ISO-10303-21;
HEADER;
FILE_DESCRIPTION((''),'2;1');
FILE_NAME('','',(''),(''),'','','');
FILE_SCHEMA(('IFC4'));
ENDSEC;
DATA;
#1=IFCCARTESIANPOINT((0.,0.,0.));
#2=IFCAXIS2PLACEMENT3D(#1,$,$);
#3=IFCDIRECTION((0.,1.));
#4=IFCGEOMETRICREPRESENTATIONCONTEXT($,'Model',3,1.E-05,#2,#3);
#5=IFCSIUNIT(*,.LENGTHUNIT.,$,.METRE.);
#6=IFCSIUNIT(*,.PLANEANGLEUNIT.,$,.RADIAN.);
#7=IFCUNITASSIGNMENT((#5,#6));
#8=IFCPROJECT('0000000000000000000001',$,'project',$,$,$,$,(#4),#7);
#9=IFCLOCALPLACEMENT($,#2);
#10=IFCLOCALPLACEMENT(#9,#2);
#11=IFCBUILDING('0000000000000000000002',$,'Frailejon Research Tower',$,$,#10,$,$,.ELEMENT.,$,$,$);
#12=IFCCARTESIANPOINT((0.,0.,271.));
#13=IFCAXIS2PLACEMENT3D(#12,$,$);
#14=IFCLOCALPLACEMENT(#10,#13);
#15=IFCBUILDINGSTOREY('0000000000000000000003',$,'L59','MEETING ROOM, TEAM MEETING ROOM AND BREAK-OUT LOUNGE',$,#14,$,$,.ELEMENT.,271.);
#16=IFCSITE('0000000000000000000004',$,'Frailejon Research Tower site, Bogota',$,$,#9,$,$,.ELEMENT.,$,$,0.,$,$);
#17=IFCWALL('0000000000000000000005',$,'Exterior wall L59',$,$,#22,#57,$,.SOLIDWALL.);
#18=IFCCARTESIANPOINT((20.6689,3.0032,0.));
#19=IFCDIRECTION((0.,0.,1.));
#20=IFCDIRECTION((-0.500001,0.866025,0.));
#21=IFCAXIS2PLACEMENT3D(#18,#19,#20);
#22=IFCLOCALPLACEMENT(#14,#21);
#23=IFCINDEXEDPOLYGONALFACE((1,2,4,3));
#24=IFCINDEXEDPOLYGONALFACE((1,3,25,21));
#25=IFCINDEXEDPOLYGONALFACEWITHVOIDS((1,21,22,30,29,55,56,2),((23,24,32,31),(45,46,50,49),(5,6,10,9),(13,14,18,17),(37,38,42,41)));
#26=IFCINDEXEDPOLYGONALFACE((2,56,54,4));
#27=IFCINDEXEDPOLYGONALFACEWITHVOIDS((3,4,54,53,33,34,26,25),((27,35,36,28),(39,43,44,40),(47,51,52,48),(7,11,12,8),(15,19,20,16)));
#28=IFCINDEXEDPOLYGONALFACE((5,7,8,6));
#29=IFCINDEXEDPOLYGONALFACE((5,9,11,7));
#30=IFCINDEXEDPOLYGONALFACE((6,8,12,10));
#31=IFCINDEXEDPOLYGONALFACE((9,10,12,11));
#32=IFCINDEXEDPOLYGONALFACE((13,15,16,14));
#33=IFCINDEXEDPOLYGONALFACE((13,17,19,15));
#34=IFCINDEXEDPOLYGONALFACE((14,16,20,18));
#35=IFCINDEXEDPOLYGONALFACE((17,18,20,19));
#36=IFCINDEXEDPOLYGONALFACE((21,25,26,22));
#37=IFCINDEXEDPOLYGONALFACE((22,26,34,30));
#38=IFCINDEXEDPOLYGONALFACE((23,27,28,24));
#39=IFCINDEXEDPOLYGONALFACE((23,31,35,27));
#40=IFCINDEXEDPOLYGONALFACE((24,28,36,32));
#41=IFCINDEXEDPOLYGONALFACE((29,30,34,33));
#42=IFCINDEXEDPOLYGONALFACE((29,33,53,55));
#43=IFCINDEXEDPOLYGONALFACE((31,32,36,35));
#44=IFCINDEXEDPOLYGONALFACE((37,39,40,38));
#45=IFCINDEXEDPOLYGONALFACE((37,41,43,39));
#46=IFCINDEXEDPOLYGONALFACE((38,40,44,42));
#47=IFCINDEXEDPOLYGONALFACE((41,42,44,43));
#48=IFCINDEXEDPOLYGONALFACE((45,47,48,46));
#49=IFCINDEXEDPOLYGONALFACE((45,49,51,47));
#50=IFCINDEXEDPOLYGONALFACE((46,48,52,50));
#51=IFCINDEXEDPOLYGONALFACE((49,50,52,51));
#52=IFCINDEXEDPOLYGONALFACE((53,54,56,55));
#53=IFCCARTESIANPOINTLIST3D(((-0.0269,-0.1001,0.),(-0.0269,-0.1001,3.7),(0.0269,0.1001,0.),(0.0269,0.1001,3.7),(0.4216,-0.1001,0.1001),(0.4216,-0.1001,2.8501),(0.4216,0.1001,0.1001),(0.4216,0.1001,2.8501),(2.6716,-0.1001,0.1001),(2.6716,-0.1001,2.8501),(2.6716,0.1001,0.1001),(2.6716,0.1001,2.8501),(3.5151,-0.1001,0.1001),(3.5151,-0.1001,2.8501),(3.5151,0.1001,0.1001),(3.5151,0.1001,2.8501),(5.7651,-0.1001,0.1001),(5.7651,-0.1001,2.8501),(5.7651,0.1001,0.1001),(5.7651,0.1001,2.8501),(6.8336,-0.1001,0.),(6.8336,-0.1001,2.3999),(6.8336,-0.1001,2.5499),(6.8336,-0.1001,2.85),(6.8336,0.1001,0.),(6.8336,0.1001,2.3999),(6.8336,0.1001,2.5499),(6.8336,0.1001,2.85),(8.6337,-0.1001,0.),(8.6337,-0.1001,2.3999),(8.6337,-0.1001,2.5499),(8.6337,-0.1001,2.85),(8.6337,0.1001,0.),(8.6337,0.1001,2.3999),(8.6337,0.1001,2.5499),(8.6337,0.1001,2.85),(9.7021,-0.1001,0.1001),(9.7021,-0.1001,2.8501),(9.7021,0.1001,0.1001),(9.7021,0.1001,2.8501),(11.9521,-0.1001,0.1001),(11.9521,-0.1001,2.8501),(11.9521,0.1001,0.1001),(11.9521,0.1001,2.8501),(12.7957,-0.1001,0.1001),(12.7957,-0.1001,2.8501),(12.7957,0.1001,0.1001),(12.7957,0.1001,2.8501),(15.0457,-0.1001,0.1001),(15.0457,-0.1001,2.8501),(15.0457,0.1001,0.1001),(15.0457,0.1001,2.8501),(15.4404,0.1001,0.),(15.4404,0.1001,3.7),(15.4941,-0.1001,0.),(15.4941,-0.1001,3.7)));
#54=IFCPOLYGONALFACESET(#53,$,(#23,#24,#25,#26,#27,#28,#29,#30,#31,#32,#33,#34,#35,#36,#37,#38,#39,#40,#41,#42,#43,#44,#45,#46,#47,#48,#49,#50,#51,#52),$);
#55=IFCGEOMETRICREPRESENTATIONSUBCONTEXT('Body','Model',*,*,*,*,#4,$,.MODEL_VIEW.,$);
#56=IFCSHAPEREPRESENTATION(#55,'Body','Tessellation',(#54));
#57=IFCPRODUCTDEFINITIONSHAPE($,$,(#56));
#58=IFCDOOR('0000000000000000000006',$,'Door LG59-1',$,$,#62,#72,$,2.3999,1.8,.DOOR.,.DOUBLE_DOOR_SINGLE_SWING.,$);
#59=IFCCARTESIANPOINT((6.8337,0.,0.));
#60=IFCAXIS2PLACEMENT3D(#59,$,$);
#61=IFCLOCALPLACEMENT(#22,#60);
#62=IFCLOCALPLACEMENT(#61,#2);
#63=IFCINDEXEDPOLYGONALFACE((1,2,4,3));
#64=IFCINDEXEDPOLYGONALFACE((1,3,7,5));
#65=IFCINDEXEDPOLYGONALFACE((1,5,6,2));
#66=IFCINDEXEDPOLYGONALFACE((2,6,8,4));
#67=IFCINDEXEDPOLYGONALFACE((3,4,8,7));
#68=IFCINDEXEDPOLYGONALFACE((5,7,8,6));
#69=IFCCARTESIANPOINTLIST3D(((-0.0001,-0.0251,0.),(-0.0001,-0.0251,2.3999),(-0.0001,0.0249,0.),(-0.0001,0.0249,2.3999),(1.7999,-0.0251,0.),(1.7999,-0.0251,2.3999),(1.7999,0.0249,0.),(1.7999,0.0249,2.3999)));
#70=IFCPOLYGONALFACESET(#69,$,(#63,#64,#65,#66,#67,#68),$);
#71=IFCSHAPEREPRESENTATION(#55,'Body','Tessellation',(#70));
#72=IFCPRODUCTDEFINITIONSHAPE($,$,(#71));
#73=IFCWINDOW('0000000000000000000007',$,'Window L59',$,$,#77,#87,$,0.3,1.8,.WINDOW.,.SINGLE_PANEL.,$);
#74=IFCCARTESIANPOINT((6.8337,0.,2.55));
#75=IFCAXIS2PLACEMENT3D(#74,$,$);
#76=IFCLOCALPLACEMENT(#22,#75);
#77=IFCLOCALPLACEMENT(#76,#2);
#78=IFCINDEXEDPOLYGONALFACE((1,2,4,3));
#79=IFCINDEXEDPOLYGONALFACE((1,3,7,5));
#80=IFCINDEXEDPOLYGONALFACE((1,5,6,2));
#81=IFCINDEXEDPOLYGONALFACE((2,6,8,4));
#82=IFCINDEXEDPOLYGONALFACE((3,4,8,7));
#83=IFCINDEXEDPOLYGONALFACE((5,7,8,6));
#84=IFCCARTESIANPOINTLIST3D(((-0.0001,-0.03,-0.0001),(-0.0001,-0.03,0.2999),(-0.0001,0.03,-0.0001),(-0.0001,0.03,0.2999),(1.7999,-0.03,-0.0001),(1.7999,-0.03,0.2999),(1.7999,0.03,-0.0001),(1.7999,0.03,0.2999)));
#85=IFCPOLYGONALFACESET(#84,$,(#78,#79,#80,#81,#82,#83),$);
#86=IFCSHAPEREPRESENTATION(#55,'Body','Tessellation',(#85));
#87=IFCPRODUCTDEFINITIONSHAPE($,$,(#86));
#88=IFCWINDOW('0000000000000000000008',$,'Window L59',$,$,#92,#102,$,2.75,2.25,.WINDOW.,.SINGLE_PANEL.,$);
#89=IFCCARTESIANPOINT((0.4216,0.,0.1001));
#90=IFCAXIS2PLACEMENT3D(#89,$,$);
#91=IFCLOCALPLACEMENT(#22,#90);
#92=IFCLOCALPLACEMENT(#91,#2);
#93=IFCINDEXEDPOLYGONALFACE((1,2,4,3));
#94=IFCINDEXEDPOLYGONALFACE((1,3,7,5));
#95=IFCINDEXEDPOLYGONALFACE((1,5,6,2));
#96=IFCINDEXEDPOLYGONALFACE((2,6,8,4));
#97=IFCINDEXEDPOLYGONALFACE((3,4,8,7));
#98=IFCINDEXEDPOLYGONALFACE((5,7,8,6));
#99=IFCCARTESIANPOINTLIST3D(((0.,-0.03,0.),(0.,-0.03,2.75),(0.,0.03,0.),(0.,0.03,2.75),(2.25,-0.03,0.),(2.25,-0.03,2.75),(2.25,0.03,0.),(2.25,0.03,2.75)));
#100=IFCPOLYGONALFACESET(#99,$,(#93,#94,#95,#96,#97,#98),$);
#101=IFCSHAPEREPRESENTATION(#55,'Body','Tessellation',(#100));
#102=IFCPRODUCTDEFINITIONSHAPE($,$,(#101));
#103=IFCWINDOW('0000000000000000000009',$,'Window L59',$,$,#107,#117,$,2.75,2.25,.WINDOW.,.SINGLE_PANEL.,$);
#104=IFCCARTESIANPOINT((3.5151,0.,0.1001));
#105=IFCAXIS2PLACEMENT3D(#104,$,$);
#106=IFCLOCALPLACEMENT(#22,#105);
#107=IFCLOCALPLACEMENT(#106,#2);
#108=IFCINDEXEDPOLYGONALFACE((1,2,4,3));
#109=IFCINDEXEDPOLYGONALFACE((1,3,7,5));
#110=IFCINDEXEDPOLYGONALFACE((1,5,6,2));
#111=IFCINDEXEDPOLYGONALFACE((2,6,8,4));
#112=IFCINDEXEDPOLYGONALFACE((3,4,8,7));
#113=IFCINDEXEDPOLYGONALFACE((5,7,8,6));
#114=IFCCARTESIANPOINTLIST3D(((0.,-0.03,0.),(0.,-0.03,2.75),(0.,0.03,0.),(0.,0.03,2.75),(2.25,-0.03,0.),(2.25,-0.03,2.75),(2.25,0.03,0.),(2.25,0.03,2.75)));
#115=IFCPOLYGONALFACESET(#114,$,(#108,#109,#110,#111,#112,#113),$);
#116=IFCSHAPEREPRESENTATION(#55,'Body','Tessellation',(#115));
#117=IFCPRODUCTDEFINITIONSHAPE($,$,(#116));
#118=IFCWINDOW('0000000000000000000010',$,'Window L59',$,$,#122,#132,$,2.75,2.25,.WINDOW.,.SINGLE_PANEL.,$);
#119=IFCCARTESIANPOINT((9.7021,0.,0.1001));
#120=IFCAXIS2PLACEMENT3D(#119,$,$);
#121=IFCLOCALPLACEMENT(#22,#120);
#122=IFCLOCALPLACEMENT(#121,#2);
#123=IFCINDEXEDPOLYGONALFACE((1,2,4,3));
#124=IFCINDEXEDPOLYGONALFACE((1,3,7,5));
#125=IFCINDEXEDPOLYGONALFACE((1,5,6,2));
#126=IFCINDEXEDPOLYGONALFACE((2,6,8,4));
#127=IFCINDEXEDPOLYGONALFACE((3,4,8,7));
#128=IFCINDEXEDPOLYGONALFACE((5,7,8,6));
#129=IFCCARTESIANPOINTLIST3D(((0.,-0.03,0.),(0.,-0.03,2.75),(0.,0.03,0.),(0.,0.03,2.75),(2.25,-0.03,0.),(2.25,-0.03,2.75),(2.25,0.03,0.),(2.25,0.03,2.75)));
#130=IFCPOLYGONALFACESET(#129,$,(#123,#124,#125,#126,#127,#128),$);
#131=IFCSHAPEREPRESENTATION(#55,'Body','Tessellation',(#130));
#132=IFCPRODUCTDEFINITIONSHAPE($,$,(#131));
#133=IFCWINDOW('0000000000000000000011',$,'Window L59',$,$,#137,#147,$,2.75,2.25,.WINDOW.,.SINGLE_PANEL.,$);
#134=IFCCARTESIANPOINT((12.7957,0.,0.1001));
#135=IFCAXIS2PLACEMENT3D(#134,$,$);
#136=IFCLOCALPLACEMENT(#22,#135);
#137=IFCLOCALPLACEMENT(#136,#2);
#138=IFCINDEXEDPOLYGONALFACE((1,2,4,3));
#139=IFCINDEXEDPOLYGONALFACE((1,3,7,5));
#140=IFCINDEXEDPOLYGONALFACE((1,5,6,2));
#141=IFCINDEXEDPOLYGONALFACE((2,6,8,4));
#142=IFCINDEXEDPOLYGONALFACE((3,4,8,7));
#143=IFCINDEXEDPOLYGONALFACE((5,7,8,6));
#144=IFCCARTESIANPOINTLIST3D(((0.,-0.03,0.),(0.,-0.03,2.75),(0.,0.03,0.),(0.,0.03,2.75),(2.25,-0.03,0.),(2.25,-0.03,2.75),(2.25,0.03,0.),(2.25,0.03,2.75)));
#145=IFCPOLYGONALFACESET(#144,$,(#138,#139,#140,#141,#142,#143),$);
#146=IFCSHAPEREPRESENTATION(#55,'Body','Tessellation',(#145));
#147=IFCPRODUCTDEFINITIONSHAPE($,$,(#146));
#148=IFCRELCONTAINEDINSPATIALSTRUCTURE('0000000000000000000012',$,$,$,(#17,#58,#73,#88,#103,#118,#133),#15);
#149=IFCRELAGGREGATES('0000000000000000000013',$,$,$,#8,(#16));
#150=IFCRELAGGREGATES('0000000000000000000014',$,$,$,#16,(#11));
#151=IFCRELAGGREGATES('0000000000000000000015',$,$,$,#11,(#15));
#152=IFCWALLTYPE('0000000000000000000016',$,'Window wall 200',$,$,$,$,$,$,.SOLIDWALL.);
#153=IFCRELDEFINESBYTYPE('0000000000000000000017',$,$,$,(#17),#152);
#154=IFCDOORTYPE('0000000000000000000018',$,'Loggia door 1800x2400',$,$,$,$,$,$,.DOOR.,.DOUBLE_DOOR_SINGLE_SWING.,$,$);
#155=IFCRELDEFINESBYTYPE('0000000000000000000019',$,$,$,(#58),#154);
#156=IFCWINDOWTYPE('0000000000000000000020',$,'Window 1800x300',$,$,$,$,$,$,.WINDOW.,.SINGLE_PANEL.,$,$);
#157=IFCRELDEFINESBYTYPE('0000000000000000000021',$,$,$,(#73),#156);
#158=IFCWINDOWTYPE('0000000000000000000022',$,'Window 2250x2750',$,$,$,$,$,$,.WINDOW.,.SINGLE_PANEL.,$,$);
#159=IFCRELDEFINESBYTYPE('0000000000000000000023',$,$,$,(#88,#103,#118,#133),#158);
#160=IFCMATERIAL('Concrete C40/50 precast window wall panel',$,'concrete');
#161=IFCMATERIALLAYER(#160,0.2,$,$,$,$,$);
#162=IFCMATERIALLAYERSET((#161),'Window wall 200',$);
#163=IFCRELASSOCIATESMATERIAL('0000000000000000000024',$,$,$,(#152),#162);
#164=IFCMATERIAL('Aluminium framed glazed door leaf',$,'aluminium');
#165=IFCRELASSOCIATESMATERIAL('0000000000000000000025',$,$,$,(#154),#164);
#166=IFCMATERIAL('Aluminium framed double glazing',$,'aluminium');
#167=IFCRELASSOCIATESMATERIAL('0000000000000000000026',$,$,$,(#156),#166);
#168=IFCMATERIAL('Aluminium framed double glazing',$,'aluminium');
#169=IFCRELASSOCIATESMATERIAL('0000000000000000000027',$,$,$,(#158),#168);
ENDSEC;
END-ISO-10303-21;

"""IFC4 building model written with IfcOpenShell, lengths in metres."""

from ifc_helpers import new_model, si_unit, direction, frame, frame_2d, origin, place, context, subcontext, project, spatial, polyline, rectangle, outline, extrude, material, layer, layer_set, type_object, element, fill, save


model = new_model("IFC4")

# Units and contexts
model_context = context("Model", 3, precision=1e-05, world=origin(), true_north=direction((0.0, 1.0)))
body_context = subcontext(model_context, "Body", "Model", "MODEL_VIEW")
ifc_project = project(units=[si_unit("LENGTHUNIT", "METRE"), si_unit("PLANEANGLEUNIT", "RADIAN")], contexts=[model_context])

# Site, building, storey
site_placement = place(None, origin())
site = spatial("IfcSite", under=ifc_project, at=site_placement, Name="Frailejon Research Tower site, Bogota", CompositionType="ELEMENT", RefElevation=0.0)
building_placement = place(site_placement, origin())
building = spatial("IfcBuilding", under=site, at=building_placement, Name="Frailejon Research Tower", CompositionType="ELEMENT")
storey_placement = place(building_placement, frame((0.0, 0.0, 271.0)))
storey = spatial("IfcBuildingStorey", under=building, at=storey_placement, Name="L59", Description="MEETING ROOM, TEAM MEETING ROOM AND BREAK-OUT LOUNGE", CompositionType="ELEMENT", Elevation=271.0)

# Wall, openings, door, windows
ifc_material_1 = material(Name="Concrete C40/50 precast window wall panel", Category="concrete")
ifc_layer_1 = layer(ifc_material_1, 0.2)
ifc_layer_set_1 = layer_set([ifc_layer_1], Name="Window wall 200")
wall_type = type_object("IfcWallType", Name="Window wall 200", PredefinedType="SOLIDWALL", material=ifc_layer_set_1)
wall_placement = place(storey_placement, frame((20.6689, 3.0032, 0.0), z_axis=(0.0, 0.0, 1.0), x_axis=(-0.500001, 0.866025, 0.0)))
wall = element("IfcWall", 1, at=wall_placement, inside=storey, type_object=wall_type, Name="Exterior wall L59", PredefinedType="SOLIDWALL", context=body_context, shape_type="SweptSolid", body=[
    extrude(outline(polyline([(-0.0269, -0.1001), (1.0078, -0.1001), (2.0427, -0.1001), (3.0774, -0.1001), (4.1121, -0.1001), (5.1467, -0.1001), (6.1816, -0.1001), (7.2163, -0.1001), (8.251, -0.1001), (9.2856, -0.1001), (10.3206, -0.1001), (11.3552, -0.1001), (12.3899, -0.1001), (13.4246, -0.1001), (14.4595, -0.1001), (15.4941, -0.1001), (15.4404, 0.1001), (14.4128, 0.1001), (13.3853, 0.1001), (12.3577, 0.1001), (11.3301, 0.1001), (10.3025, 0.1001), (9.2749, 0.1001), (8.2473, 0.1001), (7.22, 0.1001), (6.1924, 0.1001), (5.1648, 0.1001), (4.1372, 0.1001), (3.1096, 0.1001), (2.082, 0.1001), (1.0544, 0.1001), (0.0269, 0.1001), (-0.0269, -0.1001)])), origin(), (0.0, 0.0, 1.0), 3.7),
])
opening_1_placement = place(wall_placement, frame((0.4216, 0.0, 0.1001)))
opening_1 = element("IfcOpeningElement", 2, at=opening_1_placement, cuts=wall, PredefinedType="OPENING", context=body_context, shape_type="SweptSolid", body=[
    extrude(rectangle(XDim=2.25, YDim=2.75, at=frame_2d((1.125, 1.375))), frame((0.0, 0.1099, 0.0), z_axis=(0.0, -1.0, 0.0), x_axis=(1.0, 0.0, 0.0)), (0.0, 0.0, 1.0), 0.22),
])
opening_2_placement = place(wall_placement, frame((3.5151, 0.0, 0.1001)))
opening_2 = element("IfcOpeningElement", 3, at=opening_2_placement, cuts=wall, PredefinedType="OPENING", context=body_context, shape_type="SweptSolid", body=[
    extrude(rectangle(XDim=2.25, YDim=2.75, at=frame_2d((1.125, 1.375))), frame((0.0, 0.1099, 0.0), z_axis=(0.0, -1.0, 0.0), x_axis=(1.0, 0.0, 0.0)), (0.0, 0.0, 1.0), 0.22),
])
opening_3_placement = place(wall_placement, frame((6.8337, 0.0, 0.0)))
opening_3 = element("IfcOpeningElement", 4, at=opening_3_placement, cuts=wall, PredefinedType="OPENING", context=body_context, shape_type="SweptSolid", body=[
    extrude(rectangle(XDim=1.8, YDim=2.3999, at=frame_2d((0.8999, 1.2))), frame((0.0, 0.1099, 0.0), z_axis=(0.0, -1.0, 0.0), x_axis=(1.0, 0.0, 0.0)), (0.0, 0.0, 1.0), 0.22),
])
opening_4_placement = place(wall_placement, frame((6.8337, 0.0, 2.55)))
opening_4 = element("IfcOpeningElement", 5, at=opening_4_placement, cuts=wall, PredefinedType="OPENING", context=body_context, shape_type="SweptSolid", body=[
    extrude(rectangle(XDim=1.8, YDim=0.3, at=frame_2d((0.8999, 0.1499))), frame((0.0, 0.1099, 0.0), z_axis=(0.0, -1.0, 0.0), x_axis=(1.0, 0.0, 0.0)), (0.0, 0.0, 1.0), 0.22),
])
opening_5_placement = place(wall_placement, frame((9.7021, 0.0, 0.1001)))
opening_5 = element("IfcOpeningElement", 6, at=opening_5_placement, cuts=wall, PredefinedType="OPENING", context=body_context, shape_type="SweptSolid", body=[
    extrude(rectangle(XDim=2.25, YDim=2.75, at=frame_2d((1.125, 1.375))), frame((0.0, 0.1099, 0.0), z_axis=(0.0, -1.0, 0.0), x_axis=(1.0, 0.0, 0.0)), (0.0, 0.0, 1.0), 0.22),
])
opening_6_placement = place(wall_placement, frame((12.7957, 0.0, 0.1001)))
opening_6 = element("IfcOpeningElement", 7, at=opening_6_placement, cuts=wall, PredefinedType="OPENING", context=body_context, shape_type="SweptSolid", body=[
    extrude(rectangle(XDim=2.25, YDim=2.75, at=frame_2d((1.125, 1.375))), frame((0.0, 0.1099, 0.0), z_axis=(0.0, -1.0, 0.0), x_axis=(1.0, 0.0, 0.0)), (0.0, 0.0, 1.0), 0.22),
])
ifc_material_2 = material(Name="Aluminium framed glazed door leaf", Category="aluminium")
door_type = type_object("IfcDoorType", Name="Loggia door 1800x2400", OperationType="DOUBLE_DOOR_SINGLE_SWING", PredefinedType="DOOR", material=ifc_material_2)
door_placement = place(opening_3_placement, origin())
door = element("IfcDoor", 8, at=door_placement, inside=storey, type_object=door_type, Name="Door LG59-1", OperationType="DOUBLE_DOOR_SINGLE_SWING", OverallHeight=2.3999, OverallWidth=1.8, PredefinedType="DOOR", context=body_context, shape_type="SweptSolid", body=[
    extrude(rectangle(XDim=1.8, YDim=2.3999, at=frame_2d((0.8999, 1.2))), frame((0.0, 0.0249, 0.0), z_axis=(0.0, -1.0, 0.0), x_axis=(1.0, 0.0, 0.0)), (0.0, 0.0, 1.0), 0.05),
])
fill(opening_3, door)
ifc_material_3 = material(Name="Aluminium framed double glazing", Category="aluminium")
window_type_1 = type_object("IfcWindowType", Name="Window 1800x300", PartitioningType="SINGLE_PANEL", PredefinedType="WINDOW", material=ifc_material_3)
window_1_placement = place(opening_4_placement, origin())
window_1 = element("IfcWindow", 9, at=window_1_placement, inside=storey, type_object=window_type_1, Name="Window L59", OverallHeight=0.3, OverallWidth=1.8, PartitioningType="SINGLE_PANEL", PredefinedType="WINDOW", context=body_context, shape_type="SweptSolid", body=[
    extrude(rectangle(XDim=1.8, YDim=0.3, at=frame_2d((0.8999, 0.1499))), frame((0.0, 0.03, 0.0), z_axis=(0.0, -1.0, 0.0), x_axis=(1.0, 0.0, 0.0)), (0.0, 0.0, 1.0), 0.0601),
])
fill(opening_4, window_1)
ifc_material_4 = material(Name="Aluminium framed double glazing", Category="aluminium")
window_type_2 = type_object("IfcWindowType", Name="Window 2250x2750", PartitioningType="SINGLE_PANEL", PredefinedType="WINDOW", material=ifc_material_4)
window_2_placement = place(opening_1_placement, origin())
window_2 = element("IfcWindow", 10, at=window_2_placement, inside=storey, type_object=window_type_2, Name="Window L59", OverallHeight=2.75, OverallWidth=2.25, PartitioningType="SINGLE_PANEL", PredefinedType="WINDOW", context=body_context, shape_type="SweptSolid", body=[
    extrude(rectangle(XDim=2.25, YDim=2.75, at=frame_2d((1.125, 1.375))), frame((0.0, 0.03, 0.0), z_axis=(0.0, -1.0, 0.0), x_axis=(1.0, 0.0, 0.0)), (0.0, 0.0, 1.0), 0.0601),
])
fill(opening_1, window_2)
window_3_placement = place(opening_2_placement, origin())
window_3 = element("IfcWindow", 11, at=window_3_placement, inside=storey, type_object=window_type_2, Name="Window L59", OverallHeight=2.75, OverallWidth=2.25, PartitioningType="SINGLE_PANEL", PredefinedType="WINDOW", context=body_context, shape_type="SweptSolid", body=[
    extrude(rectangle(XDim=2.25, YDim=2.75, at=frame_2d((1.125, 1.375))), frame((0.0, 0.03, 0.0), z_axis=(0.0, -1.0, 0.0), x_axis=(1.0, 0.0, 0.0)), (0.0, 0.0, 1.0), 0.0601),
])
fill(opening_2, window_3)
window_4_placement = place(opening_5_placement, origin())
window_4 = element("IfcWindow", 12, at=window_4_placement, inside=storey, type_object=window_type_2, Name="Window L59", OverallHeight=2.75, OverallWidth=2.25, PartitioningType="SINGLE_PANEL", PredefinedType="WINDOW", context=body_context, shape_type="SweptSolid", body=[
    extrude(rectangle(XDim=2.25, YDim=2.75, at=frame_2d((1.125, 1.375))), frame((0.0, 0.03, 0.0), z_axis=(0.0, -1.0, 0.0), x_axis=(1.0, 0.0, 0.0)), (0.0, 0.0, 1.0), 0.0601),
])
fill(opening_5, window_4)
window_5_placement = place(opening_6_placement, origin())
window_5 = element("IfcWindow", 13, at=window_5_placement, inside=storey, type_object=window_type_2, Name="Window L59", OverallHeight=2.75, OverallWidth=2.25, PartitioningType="SINGLE_PANEL", PredefinedType="WINDOW", context=body_context, shape_type="SweptSolid", body=[
    extrude(rectangle(XDim=2.25, YDim=2.75, at=frame_2d((1.125, 1.375))), frame((0.0, 0.03, 0.0), z_axis=(0.0, -1.0, 0.0), x_axis=(1.0, 0.0, 0.0)), (0.0, 0.0, 1.0), 0.0601),
])
fill(opening_6, window_5)

save(model, "model.ifc")
